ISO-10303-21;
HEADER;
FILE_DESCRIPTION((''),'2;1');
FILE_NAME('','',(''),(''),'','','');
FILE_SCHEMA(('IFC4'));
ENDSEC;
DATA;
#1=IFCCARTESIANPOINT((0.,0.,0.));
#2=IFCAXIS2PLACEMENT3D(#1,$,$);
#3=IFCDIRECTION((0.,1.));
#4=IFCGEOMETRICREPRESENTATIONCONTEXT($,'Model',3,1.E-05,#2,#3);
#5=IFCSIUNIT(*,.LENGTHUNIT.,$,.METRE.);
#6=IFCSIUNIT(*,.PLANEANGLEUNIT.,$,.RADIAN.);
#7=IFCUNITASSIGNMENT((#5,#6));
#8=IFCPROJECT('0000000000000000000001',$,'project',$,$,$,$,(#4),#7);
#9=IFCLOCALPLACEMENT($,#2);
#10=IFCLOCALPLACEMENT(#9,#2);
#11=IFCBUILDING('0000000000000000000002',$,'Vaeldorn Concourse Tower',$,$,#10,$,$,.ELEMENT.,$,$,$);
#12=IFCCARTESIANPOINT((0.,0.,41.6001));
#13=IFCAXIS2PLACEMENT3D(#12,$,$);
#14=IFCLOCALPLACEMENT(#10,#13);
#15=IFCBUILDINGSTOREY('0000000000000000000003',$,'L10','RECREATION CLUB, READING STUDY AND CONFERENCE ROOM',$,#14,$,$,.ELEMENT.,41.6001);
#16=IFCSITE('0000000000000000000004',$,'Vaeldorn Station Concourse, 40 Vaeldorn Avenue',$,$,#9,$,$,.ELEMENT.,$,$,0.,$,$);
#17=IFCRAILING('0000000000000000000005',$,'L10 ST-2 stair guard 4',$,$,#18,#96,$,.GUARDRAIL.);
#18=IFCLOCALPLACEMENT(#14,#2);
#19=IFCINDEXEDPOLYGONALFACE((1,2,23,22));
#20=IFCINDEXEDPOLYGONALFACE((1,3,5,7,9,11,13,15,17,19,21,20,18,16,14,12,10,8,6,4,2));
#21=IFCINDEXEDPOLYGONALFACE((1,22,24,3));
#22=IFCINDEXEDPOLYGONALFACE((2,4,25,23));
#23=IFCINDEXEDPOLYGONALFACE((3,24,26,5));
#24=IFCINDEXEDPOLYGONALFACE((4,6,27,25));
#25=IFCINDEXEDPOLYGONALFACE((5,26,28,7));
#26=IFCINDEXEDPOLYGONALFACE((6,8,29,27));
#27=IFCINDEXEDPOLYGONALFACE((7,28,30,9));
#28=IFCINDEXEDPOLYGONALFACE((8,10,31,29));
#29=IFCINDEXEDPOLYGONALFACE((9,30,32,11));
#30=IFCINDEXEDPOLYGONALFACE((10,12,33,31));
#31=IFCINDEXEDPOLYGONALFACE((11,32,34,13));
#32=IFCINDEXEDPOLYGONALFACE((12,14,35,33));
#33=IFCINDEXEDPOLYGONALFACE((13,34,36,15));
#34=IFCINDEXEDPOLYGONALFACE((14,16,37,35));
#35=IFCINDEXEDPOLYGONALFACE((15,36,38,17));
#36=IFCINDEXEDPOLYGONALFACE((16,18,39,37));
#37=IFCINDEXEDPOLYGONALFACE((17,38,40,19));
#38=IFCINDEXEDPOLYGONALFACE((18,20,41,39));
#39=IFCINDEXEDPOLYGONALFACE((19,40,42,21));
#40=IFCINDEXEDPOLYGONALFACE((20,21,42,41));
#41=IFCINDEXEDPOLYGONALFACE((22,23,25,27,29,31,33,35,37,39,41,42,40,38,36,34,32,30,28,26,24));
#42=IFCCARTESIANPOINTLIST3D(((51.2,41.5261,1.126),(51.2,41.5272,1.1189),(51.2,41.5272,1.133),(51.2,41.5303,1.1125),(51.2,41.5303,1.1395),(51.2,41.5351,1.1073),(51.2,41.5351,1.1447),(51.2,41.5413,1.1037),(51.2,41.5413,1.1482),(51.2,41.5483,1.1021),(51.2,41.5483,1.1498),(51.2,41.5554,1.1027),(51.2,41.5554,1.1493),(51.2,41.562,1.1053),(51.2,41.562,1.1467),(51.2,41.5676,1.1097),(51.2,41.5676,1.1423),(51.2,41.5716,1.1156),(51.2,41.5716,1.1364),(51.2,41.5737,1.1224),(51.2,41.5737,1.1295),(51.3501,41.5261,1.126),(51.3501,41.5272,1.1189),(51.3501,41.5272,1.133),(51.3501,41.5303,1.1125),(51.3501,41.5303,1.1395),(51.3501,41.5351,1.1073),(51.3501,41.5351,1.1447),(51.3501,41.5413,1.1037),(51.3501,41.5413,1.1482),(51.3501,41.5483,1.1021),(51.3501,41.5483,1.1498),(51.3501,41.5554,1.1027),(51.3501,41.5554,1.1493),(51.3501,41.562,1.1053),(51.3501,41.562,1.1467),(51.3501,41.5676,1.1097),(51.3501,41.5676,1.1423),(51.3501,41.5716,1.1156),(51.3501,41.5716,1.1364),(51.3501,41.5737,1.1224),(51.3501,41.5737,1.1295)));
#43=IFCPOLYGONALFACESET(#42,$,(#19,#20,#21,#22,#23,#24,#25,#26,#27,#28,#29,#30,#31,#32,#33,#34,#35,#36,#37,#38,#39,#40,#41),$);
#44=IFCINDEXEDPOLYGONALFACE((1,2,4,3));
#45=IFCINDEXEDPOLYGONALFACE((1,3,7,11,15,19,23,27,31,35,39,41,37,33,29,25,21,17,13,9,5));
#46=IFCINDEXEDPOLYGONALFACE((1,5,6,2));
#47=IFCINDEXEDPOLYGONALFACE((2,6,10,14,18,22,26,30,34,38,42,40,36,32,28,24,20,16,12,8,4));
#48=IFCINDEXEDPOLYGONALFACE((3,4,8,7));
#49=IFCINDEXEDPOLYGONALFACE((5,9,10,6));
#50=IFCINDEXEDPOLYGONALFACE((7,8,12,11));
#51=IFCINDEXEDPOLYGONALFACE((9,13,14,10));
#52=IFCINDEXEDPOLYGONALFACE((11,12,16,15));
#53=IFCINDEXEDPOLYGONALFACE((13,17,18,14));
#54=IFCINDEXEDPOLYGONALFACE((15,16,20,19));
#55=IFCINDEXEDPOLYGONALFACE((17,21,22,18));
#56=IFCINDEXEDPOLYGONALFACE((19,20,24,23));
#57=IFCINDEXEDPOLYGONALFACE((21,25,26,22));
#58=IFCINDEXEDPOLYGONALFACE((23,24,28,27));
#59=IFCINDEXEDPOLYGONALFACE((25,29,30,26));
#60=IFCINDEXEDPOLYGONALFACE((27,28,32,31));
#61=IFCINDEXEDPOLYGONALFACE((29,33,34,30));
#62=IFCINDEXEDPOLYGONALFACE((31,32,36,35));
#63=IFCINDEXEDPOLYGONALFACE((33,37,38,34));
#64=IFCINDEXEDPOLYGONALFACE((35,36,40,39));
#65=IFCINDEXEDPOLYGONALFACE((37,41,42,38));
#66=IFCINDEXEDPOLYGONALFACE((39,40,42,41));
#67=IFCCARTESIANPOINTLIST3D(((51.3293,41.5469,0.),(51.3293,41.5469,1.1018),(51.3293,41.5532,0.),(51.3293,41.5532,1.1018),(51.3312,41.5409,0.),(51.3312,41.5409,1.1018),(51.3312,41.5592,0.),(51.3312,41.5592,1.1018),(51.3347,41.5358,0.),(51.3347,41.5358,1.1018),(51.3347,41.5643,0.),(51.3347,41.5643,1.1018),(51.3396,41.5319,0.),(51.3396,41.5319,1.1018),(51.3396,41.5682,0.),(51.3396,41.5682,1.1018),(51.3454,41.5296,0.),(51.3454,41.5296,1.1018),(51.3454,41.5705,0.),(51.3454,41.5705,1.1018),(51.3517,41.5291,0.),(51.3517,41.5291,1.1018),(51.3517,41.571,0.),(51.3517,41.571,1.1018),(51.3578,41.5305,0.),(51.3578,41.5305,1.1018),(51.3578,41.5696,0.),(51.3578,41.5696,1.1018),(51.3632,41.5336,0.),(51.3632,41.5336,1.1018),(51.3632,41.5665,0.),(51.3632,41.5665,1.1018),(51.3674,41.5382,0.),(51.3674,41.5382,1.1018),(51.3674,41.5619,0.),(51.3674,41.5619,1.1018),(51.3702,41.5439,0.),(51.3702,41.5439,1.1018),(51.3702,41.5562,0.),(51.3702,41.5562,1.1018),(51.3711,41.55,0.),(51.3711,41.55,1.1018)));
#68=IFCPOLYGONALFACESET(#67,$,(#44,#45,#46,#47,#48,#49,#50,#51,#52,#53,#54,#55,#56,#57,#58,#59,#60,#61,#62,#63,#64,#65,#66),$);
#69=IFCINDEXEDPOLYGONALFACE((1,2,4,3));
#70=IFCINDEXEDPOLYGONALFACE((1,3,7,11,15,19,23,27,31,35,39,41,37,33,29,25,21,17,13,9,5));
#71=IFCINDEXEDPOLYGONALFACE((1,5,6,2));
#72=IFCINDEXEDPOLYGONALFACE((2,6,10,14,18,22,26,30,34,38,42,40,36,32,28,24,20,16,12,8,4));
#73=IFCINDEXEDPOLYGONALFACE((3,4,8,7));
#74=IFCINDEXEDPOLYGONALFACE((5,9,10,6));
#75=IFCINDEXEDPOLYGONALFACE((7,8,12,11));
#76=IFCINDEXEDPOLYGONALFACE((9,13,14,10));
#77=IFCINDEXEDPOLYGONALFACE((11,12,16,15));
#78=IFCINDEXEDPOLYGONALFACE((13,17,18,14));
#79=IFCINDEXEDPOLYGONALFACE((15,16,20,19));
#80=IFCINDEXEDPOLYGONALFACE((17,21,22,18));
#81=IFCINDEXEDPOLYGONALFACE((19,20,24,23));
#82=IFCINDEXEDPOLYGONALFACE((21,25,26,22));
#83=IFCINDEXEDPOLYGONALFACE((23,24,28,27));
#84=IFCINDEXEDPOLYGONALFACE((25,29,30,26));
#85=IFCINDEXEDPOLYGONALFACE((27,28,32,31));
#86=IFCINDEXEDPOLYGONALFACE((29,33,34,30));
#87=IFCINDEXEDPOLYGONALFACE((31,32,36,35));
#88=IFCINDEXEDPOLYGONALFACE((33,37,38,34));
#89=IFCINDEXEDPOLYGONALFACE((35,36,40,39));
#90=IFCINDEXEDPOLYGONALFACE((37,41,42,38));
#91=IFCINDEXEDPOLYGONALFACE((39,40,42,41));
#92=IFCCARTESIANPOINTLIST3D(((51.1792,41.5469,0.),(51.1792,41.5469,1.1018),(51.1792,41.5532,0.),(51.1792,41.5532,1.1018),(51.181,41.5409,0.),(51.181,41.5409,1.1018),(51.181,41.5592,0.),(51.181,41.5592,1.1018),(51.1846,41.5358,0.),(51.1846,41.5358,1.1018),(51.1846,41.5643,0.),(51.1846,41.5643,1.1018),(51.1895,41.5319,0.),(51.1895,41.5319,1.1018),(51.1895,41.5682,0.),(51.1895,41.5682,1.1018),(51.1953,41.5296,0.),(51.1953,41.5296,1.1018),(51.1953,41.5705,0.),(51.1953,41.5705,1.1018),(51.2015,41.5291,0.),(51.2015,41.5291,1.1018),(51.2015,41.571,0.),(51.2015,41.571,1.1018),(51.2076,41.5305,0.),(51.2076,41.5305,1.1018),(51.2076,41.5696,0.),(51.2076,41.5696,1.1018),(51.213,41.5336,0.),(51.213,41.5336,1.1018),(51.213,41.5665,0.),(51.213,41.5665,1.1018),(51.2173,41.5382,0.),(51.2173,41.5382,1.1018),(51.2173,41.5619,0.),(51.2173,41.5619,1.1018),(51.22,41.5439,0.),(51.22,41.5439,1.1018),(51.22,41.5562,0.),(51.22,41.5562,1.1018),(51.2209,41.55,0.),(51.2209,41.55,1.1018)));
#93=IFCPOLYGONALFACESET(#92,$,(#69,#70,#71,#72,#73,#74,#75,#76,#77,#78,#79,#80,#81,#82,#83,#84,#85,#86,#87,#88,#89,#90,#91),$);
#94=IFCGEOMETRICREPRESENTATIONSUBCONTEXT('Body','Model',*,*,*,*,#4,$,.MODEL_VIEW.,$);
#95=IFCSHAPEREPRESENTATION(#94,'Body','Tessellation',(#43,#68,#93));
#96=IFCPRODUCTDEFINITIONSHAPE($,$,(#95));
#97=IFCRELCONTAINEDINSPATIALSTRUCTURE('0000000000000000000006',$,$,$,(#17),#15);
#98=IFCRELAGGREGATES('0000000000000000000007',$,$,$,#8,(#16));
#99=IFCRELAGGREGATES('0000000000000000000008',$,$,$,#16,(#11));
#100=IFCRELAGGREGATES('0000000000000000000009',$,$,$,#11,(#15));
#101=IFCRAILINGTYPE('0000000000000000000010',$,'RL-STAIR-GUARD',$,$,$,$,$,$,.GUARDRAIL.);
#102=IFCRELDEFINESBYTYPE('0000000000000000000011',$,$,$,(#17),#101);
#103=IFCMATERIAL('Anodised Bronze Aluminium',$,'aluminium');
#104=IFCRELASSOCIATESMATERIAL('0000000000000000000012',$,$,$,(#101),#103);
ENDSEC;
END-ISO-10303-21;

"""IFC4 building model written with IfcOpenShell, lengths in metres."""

from ifc_helpers import new_model, si_unit, direction, frame, origin, origin_2d, place, context, subcontext, project, spatial, circle, extrude, material, type_object, element, save


model = new_model("IFC4")

# Units and contexts
model_context = context("Model", 3, precision=1e-05, world=origin(), true_north=direction((0.0, 1.0)))
body_context = subcontext(model_context, "Body", "Model", "MODEL_VIEW")
ifc_project = project(units=[si_unit("LENGTHUNIT", "METRE"), si_unit("PLANEANGLEUNIT", "RADIAN")], contexts=[model_context])

# Site, building, storey
site_placement = place(None, origin())
site = spatial("IfcSite", under=ifc_project, at=site_placement, Name="Vaeldorn Station Concourse, 40 Vaeldorn Avenue", CompositionType="ELEMENT", RefElevation=0.0)
building_placement = place(site_placement, origin())
building = spatial("IfcBuilding", under=site, at=building_placement, Name="Vaeldorn Concourse Tower", CompositionType="ELEMENT")
storey_placement = place(building_placement, frame((0.0, 0.0, 41.6001)))
storey = spatial("IfcBuildingStorey", under=building, at=storey_placement, Name="L10", Description="RECREATION CLUB, READING STUDY AND CONFERENCE ROOM", CompositionType="ELEMENT", Elevation=41.6001)

# Shared definitions
ifc_material_1 = material(Name="Anodised Bronze Aluminium", Category="aluminium")

# Railing
railing_type_1 = type_object("IfcRailingType", Name="RL-STAIR-GUARD", PredefinedType="GUARDRAIL", material=ifc_material_1)
railing_1_placement = place(storey_placement, frame((51.3501, 41.55, 0.0)))
element("IfcRailing", 1, at=railing_1_placement, inside=storey, type_object=railing_type_1, Name="L10 ST-2 stair guard 4", PredefinedType="GUARDRAIL", context=body_context, shape_type="SweptSolid", body=[
    extrude(circle(Radius=0.0239, at=origin_2d()), frame((0.0, 0.0, 1.126), z_axis=(-1.0, 0.0, 0.0), x_axis=(0.0, -1.0, 0.0)), (0.0, 0.0, 1.0), 0.1501),
    extrude(circle(Radius=0.021, at=origin_2d()), origin(), (0.0, 0.0, 1.0), 1.1018),
    extrude(circle(Radius=0.021, at=origin_2d()), frame((-0.1501, 0.0, 0.0)), (0.0, 0.0, 1.0), 1.1018),
])

save(model, "model.ifc")
